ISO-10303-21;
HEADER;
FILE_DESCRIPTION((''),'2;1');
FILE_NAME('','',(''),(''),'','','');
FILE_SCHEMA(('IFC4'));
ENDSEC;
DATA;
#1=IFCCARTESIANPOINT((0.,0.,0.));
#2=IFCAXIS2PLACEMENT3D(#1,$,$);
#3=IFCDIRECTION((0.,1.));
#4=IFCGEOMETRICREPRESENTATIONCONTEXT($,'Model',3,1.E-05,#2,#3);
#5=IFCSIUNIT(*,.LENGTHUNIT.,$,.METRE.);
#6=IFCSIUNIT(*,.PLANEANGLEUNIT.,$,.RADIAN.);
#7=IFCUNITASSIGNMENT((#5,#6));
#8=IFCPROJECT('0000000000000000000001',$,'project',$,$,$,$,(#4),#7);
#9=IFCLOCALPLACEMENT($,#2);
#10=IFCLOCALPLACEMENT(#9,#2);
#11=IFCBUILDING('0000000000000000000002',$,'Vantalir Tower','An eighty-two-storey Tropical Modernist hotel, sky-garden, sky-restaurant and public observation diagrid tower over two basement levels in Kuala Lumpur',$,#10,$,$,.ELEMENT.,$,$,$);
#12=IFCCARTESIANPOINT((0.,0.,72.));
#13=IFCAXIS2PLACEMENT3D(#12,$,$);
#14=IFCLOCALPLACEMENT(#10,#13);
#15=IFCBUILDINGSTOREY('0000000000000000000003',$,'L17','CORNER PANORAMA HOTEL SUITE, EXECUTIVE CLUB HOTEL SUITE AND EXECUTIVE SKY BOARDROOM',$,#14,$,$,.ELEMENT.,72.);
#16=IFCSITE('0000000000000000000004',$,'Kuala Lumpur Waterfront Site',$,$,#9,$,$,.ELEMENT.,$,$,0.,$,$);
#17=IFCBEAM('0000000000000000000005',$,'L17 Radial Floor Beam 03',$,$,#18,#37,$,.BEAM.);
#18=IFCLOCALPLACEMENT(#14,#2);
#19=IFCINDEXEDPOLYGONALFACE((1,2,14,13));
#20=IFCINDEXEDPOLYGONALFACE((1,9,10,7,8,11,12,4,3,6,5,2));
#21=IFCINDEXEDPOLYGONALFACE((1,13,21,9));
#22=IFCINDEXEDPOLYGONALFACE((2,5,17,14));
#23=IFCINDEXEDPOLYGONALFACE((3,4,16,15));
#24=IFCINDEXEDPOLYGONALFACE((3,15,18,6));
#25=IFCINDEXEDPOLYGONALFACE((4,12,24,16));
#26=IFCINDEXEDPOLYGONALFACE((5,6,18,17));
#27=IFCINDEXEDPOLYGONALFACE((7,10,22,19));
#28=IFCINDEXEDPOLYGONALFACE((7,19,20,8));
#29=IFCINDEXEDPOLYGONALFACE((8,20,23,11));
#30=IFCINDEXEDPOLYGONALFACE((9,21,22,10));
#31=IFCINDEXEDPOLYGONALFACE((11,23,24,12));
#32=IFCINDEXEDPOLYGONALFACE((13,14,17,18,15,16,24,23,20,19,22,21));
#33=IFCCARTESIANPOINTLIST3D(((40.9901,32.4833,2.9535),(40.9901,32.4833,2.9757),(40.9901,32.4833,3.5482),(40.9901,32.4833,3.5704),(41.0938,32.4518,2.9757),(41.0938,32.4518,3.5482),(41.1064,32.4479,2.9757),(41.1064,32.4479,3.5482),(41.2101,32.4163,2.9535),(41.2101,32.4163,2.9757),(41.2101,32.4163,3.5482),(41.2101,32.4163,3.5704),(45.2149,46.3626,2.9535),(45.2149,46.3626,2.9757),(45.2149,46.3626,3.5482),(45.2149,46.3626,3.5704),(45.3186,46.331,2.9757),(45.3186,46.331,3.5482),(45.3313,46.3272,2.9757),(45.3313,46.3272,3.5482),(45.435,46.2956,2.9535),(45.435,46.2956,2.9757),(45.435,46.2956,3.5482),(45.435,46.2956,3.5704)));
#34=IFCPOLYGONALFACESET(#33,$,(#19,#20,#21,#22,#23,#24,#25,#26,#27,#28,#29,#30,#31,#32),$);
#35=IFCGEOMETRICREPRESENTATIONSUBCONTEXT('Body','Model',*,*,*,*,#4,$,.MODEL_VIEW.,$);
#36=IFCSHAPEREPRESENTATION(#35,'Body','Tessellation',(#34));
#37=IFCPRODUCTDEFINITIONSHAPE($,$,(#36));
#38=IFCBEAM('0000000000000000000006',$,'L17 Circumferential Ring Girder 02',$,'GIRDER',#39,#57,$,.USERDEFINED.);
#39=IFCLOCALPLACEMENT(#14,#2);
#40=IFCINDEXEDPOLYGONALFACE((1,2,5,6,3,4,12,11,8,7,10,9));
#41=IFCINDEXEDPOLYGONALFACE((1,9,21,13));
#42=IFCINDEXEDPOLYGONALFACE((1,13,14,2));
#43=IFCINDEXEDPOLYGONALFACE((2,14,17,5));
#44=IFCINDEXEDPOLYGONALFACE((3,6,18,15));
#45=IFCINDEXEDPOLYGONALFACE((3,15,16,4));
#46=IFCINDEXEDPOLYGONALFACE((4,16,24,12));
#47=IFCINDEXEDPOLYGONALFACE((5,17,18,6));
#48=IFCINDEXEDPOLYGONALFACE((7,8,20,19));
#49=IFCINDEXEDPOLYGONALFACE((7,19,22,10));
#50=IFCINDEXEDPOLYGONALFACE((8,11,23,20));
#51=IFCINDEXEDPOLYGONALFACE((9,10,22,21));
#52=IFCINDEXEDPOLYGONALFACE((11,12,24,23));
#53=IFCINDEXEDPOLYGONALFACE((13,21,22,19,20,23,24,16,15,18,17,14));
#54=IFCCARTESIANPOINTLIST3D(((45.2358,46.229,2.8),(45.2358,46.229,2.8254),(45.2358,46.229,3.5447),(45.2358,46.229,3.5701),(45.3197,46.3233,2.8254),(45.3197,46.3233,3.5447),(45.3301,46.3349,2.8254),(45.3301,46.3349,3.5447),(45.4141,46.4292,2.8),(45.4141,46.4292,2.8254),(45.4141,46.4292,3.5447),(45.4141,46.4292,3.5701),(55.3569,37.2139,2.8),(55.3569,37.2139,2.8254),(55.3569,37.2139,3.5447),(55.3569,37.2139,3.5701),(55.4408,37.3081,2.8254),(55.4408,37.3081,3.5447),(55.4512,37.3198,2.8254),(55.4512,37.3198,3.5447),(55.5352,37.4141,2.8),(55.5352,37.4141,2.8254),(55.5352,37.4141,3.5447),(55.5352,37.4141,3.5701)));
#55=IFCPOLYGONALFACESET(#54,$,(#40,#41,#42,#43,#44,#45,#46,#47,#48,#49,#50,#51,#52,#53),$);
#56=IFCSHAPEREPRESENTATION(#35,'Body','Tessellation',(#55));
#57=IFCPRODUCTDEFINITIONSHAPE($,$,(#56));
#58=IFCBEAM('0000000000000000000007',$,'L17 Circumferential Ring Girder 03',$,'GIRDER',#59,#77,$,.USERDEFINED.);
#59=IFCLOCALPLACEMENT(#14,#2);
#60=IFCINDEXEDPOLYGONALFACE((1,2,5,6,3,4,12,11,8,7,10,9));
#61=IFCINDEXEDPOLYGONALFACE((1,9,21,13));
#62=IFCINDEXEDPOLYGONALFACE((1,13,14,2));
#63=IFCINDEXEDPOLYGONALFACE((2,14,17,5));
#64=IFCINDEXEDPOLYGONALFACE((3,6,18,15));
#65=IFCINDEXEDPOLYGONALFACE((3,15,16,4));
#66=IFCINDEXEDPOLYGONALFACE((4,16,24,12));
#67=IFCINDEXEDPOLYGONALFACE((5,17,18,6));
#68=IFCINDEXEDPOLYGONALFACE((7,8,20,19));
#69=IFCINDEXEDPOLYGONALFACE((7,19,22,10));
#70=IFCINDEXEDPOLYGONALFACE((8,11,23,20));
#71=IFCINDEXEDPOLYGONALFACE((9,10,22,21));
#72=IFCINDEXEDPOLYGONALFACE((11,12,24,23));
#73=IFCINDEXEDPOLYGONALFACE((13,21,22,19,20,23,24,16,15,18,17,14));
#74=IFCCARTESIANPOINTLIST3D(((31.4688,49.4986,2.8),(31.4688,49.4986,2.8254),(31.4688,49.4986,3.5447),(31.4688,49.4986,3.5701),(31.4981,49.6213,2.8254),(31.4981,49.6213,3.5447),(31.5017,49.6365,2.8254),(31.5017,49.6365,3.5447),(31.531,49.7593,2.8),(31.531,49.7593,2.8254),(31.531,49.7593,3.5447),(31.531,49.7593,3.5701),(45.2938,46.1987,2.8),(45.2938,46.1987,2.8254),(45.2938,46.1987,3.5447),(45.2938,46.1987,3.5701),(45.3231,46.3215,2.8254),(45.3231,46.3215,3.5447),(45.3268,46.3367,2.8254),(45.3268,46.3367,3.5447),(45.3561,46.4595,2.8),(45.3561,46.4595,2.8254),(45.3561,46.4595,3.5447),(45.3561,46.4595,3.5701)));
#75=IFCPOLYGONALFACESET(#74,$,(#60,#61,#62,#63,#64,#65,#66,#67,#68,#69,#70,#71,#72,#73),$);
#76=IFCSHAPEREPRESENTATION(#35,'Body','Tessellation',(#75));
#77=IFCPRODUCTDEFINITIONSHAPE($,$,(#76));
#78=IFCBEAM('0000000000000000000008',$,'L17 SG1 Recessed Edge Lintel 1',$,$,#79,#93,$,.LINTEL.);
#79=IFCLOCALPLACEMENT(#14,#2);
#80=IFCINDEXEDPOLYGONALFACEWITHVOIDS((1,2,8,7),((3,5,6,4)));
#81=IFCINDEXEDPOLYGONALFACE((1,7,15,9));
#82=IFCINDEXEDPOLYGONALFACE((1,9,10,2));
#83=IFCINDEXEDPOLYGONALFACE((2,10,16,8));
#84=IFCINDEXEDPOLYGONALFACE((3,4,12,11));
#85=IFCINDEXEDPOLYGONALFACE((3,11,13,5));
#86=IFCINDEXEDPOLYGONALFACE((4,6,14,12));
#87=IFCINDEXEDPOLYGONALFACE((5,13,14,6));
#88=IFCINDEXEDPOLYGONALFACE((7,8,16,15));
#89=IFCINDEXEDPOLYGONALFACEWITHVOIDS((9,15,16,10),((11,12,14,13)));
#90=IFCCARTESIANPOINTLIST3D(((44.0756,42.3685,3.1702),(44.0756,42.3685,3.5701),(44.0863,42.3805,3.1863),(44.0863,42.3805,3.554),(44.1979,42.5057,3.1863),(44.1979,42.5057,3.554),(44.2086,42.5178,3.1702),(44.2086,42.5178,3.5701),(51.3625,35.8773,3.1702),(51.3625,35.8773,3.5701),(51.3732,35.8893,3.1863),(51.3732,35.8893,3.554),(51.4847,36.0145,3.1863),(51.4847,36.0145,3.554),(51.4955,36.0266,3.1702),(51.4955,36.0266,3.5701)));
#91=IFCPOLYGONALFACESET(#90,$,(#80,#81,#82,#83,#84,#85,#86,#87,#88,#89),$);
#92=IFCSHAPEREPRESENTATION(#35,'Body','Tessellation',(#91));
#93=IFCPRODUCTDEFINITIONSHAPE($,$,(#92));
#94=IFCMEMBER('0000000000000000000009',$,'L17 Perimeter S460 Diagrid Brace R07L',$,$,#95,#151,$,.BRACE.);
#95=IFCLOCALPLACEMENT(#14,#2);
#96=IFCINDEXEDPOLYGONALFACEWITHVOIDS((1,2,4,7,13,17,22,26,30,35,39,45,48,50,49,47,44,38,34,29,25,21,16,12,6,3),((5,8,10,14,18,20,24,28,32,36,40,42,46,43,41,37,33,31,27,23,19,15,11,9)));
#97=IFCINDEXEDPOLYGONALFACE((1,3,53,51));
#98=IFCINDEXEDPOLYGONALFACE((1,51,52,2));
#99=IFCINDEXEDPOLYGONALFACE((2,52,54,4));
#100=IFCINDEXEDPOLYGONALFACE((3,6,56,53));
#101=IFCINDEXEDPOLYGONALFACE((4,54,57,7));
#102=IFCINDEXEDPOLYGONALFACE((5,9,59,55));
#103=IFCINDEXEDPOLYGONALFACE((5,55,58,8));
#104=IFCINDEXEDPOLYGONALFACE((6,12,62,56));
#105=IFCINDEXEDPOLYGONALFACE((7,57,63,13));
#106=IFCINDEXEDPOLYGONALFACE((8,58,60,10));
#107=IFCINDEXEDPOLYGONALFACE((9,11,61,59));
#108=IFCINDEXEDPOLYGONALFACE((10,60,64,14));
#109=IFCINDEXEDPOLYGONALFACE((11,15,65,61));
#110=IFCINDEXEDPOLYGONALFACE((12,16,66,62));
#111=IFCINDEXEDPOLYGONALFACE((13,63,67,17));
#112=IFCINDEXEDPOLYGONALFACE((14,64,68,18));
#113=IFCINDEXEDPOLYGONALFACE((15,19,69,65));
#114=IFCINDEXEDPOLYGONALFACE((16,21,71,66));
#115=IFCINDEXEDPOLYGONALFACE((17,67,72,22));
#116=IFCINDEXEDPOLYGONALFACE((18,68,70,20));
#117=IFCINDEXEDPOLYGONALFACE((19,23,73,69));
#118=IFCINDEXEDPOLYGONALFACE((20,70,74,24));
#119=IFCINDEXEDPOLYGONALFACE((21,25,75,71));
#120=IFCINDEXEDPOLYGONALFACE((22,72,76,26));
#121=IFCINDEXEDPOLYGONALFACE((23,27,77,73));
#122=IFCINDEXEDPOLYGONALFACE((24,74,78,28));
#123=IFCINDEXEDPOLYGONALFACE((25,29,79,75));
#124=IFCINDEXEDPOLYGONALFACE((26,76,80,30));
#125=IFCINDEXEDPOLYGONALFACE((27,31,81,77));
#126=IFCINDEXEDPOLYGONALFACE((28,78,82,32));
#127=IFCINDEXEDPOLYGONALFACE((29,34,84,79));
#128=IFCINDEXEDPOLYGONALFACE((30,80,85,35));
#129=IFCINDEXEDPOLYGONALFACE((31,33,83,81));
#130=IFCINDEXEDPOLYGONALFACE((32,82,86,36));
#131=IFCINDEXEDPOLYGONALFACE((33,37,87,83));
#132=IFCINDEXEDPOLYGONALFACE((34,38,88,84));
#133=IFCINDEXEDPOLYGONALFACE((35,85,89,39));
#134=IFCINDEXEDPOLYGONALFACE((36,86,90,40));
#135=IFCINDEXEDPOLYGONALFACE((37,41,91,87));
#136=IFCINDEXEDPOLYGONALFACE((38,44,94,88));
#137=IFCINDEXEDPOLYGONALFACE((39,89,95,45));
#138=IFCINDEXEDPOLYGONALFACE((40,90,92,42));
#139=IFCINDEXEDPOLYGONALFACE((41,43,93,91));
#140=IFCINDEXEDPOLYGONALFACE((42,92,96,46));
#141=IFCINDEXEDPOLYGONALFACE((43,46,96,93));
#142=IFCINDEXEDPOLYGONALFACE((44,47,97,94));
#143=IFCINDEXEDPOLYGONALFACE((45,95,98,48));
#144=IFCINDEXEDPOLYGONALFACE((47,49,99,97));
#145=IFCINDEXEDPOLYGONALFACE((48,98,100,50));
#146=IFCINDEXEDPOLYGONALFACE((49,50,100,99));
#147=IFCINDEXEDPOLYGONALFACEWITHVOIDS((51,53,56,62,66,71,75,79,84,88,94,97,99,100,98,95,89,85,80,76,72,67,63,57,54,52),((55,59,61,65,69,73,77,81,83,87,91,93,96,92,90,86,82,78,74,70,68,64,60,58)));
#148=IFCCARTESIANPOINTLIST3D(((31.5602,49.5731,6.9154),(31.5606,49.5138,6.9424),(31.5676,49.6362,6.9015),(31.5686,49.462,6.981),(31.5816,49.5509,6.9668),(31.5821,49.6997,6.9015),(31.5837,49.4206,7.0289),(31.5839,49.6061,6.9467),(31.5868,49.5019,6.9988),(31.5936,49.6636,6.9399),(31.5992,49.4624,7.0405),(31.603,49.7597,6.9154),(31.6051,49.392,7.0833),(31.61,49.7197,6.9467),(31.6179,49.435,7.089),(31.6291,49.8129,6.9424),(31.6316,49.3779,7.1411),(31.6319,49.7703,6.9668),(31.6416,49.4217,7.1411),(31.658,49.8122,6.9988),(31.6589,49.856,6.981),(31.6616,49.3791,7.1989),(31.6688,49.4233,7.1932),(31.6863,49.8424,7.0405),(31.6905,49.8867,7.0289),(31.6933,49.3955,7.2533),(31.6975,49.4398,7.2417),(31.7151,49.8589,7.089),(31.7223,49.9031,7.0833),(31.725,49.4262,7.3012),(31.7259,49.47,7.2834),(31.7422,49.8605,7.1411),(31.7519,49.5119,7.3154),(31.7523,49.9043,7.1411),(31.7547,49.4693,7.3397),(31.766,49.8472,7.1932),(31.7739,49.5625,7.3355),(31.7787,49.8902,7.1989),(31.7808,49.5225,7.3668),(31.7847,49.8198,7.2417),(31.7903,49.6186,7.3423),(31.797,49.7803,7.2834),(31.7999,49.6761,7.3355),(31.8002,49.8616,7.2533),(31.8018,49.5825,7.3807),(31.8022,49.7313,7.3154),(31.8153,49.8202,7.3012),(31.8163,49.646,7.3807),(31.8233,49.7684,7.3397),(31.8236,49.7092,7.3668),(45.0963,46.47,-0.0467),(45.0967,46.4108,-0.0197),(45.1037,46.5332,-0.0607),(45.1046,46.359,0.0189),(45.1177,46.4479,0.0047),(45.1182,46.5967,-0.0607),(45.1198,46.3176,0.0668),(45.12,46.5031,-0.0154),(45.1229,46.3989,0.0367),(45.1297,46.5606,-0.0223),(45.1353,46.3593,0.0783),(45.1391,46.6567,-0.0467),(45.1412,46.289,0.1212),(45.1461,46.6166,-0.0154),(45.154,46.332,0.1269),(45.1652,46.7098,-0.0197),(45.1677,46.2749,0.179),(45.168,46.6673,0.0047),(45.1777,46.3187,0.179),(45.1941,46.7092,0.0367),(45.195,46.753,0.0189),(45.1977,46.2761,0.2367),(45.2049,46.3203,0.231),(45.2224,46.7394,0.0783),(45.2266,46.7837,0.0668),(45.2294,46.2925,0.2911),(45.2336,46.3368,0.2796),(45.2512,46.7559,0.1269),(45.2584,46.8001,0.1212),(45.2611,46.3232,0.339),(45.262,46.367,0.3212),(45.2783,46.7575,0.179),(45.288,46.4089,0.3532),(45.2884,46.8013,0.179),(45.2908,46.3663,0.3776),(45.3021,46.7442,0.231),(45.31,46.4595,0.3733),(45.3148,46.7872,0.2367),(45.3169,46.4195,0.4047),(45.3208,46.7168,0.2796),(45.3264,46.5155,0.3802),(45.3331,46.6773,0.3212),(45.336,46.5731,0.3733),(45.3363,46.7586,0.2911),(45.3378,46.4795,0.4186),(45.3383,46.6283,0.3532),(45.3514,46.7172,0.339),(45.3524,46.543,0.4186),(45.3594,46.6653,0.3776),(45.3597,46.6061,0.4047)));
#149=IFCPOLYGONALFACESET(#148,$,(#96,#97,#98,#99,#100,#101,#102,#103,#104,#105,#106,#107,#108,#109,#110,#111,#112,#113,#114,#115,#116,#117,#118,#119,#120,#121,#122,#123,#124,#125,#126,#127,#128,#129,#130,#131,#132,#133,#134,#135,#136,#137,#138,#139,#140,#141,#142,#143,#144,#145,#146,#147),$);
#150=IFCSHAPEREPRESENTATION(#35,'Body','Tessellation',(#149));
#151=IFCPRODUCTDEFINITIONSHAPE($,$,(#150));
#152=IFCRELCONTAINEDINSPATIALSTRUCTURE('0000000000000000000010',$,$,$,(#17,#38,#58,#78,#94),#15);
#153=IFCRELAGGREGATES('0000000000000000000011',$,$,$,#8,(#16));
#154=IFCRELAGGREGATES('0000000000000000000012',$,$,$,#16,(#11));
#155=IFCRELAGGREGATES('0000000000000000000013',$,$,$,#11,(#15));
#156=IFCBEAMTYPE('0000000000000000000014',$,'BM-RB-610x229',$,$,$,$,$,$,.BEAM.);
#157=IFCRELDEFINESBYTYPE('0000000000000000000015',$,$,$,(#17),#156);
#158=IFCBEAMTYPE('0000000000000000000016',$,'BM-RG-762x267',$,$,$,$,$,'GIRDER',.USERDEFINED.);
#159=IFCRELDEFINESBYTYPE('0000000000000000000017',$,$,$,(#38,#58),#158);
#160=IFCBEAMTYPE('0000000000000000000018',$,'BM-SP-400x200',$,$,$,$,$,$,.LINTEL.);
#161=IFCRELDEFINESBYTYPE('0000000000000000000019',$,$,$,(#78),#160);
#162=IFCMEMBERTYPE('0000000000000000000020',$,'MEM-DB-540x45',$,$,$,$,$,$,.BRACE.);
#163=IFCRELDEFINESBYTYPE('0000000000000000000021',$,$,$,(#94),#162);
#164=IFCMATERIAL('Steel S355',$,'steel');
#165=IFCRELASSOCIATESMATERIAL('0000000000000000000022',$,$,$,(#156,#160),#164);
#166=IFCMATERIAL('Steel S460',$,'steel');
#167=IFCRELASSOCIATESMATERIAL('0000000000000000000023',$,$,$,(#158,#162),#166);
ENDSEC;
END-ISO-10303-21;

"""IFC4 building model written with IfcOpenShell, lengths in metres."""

from ifc_helpers import new_model, si_unit, direction, frame, origin, origin_2d, place, context, subcontext, project, spatial, hollow_rectangle, hollow_circle, i_section, extrude, material, material_profile, profile_set, type_object, element, save


model = new_model("IFC4")

# Units and contexts
model_context = context("Model", 3, precision=1e-05, world=origin(), true_north=direction((0.0, 1.0)))
body_context = subcontext(model_context, "Body", "Model", "MODEL_VIEW")
ifc_project = project(units=[si_unit("LENGTHUNIT", "METRE"), si_unit("PLANEANGLEUNIT", "RADIAN")], contexts=[model_context])

# Site, building, storey
site_placement = place(None, origin())
site = spatial("IfcSite", under=ifc_project, at=site_placement, Name="Kuala Lumpur Waterfront Site", CompositionType="ELEMENT", RefElevation=0.0)
building_placement = place(site_placement, origin())
building = spatial("IfcBuilding", under=site, at=building_placement, Name="Vantalir Tower", Description="An eighty-two-storey Tropical Modernist hotel, sky-garden, sky-restaurant and public observation diagrid tower over two basement levels in Kuala Lumpur", CompositionType="ELEMENT")
storey_placement = place(building_placement, frame((0.0, 0.0, 72.0)))
storey = spatial("IfcBuildingStorey", under=building, at=storey_placement, Name="L17", Description="CORNER PANORAMA HOTEL SUITE, EXECUTIVE CLUB HOTEL SUITE AND EXECUTIVE SKY BOARDROOM", CompositionType="ELEMENT", Elevation=72.0)

# Shared definitions
ifc_material_1 = material(Name="Steel S460", Category="steel")

# Beams
ifc_material_2 = material(Name="Steel S355", Category="steel")
ifc_material_profile_1 = material_profile(ifc_material_2, i_section(OverallWidth=0.23, OverallDepth=0.6169, WebThickness=0.0132, FlangeThickness=0.0222, at=origin_2d()), Name="Steel S355")
ifc_profile_set_1 = profile_set([ifc_material_profile_1], Name="Steel S355")
beam_type_1 = type_object("IfcBeamType", Name="BM-RB-610x229", PredefinedType="BEAM", material=ifc_profile_set_1)
beam_1_placement = place(storey_placement, frame((45.325, 46.3291, 3.262), z_axis=(-0.29121, -0.956659, 0.0), x_axis=(0.956659, -0.29121, 0.0)))
element("IfcBeam", 1, at=beam_1_placement, inside=storey, type_object=beam_type_1, Name="L17 Radial Floor Beam 03", PredefinedType="BEAM", context=body_context, shape_type="SweptSolid", body=[
    extrude(i_section(OverallWidth=0.23, OverallDepth=0.6169, WebThickness=0.0132, FlangeThickness=0.0222, at=origin_2d()), origin(), (0.0, 0.0, 1.0), 14.5081),
])
ifc_material_profile_2 = material_profile(ifc_material_1, i_section(OverallWidth=0.2681, OverallDepth=0.77, WebThickness=0.0156, FlangeThickness=0.0254, at=origin_2d()), Name="Steel S460")
ifc_profile_set_2 = profile_set([ifc_material_profile_2], Name="Steel S460")
beam_type_2 = type_object("IfcBeamType", Name="BM-RG-762x267", ElementType="GIRDER", PredefinedType="USERDEFINED", material=ifc_profile_set_2)
beam_2_placement = place(storey_placement, frame((55.446, 37.314, 3.1851), z_axis=(-0.746727, 0.66513, 0.0), x_axis=(-0.66513, -0.746727, 0.0)))
element("IfcBeam", 2, at=beam_2_placement, inside=storey, type_object=beam_type_2, Name="L17 Circumferential Ring Girder 02", ObjectType="GIRDER", PredefinedType="USERDEFINED", context=body_context, shape_type="SweptSolid", body=[
    extrude(i_section(OverallWidth=0.2681, OverallDepth=0.77, WebThickness=0.0156, FlangeThickness=0.0254, at=origin_2d()), origin(), (0.0, 0.0, 1.0), 13.554),
])
beam_3_placement = place(storey_placement, frame((45.325, 46.3291, 3.1851), z_axis=(-0.972677, 0.232163, 0.0), x_axis=(-0.232163, -0.972677, 0.0)))
element("IfcBeam", 3, at=beam_3_placement, inside=storey, type_object=beam_type_2, Name="L17 Circumferential Ring Girder 03", ObjectType="GIRDER", PredefinedType="USERDEFINED", context=body_context, shape_type="SweptSolid", body=[
    extrude(i_section(OverallWidth=0.2681, OverallDepth=0.77, WebThickness=0.0156, FlangeThickness=0.0254, at=origin_2d()), origin(), (0.0, 0.0, 1.0), 14.2134),
])
ifc_material_profile_3 = material_profile(ifc_material_2, hollow_rectangle(XDim=0.2, YDim=0.3999, WallThickness=0.0161, at=origin_2d()), Name="Steel S355")
ifc_profile_set_3 = profile_set([ifc_material_profile_3], Name="Steel S355")
beam_type_3 = type_object("IfcBeamType", Name="BM-SP-400x200", PredefinedType="LINTEL", material=ifc_profile_set_3)
beam_4_placement = place(storey_placement, frame((51.429, 35.9519, 3.3701), z_axis=(-0.746697, 0.665165, 0.0), x_axis=(-0.665165, -0.746697, 0.0)))
element("IfcBeam", 4, at=beam_4_placement, inside=storey, type_object=beam_type_3, Name="L17 SG1 Recessed Edge Lintel 1", PredefinedType="LINTEL", context=body_context, shape_type="SweptSolid", body=[
    extrude(hollow_rectangle(XDim=0.2, YDim=0.3999, WallThickness=0.0161, at=origin_2d()), origin(), (0.0, 0.0, 1.0), 9.7588),
])

# Member
ifc_material_profile_4 = material_profile(ifc_material_1, hollow_circle(Radius=0.27, WallThickness=0.0449, at=origin_2d()), Name="Steel S460")
ifc_profile_set_4 = profile_set([ifc_material_profile_4], Name="Steel S460")
member_type = type_object("IfcMemberType", Name="MEM-DB-540x45", PredefinedType="BRACE", material=ifc_profile_set_4)
member_1_placement = place(storey_placement, frame((45.228, 46.5381, 0.179), z_axis=(-0.871347, 0.199748, 0.448168), x_axis=(-0.223444, -0.974717, 0.0)))
element("IfcMember", 5, at=member_1_placement, inside=storey, type_object=member_type, Name="L17 Perimeter S460 Diagrid Brace R07L", PredefinedType="BRACE", context=body_context, shape_type="SweptSolid", body=[
    extrude(hollow_circle(Radius=0.27, WallThickness=0.0449, at=origin_2d()), origin(), (0.0, 0.0, 1.0), 15.5347),
])

save(model, "model.ifc")
